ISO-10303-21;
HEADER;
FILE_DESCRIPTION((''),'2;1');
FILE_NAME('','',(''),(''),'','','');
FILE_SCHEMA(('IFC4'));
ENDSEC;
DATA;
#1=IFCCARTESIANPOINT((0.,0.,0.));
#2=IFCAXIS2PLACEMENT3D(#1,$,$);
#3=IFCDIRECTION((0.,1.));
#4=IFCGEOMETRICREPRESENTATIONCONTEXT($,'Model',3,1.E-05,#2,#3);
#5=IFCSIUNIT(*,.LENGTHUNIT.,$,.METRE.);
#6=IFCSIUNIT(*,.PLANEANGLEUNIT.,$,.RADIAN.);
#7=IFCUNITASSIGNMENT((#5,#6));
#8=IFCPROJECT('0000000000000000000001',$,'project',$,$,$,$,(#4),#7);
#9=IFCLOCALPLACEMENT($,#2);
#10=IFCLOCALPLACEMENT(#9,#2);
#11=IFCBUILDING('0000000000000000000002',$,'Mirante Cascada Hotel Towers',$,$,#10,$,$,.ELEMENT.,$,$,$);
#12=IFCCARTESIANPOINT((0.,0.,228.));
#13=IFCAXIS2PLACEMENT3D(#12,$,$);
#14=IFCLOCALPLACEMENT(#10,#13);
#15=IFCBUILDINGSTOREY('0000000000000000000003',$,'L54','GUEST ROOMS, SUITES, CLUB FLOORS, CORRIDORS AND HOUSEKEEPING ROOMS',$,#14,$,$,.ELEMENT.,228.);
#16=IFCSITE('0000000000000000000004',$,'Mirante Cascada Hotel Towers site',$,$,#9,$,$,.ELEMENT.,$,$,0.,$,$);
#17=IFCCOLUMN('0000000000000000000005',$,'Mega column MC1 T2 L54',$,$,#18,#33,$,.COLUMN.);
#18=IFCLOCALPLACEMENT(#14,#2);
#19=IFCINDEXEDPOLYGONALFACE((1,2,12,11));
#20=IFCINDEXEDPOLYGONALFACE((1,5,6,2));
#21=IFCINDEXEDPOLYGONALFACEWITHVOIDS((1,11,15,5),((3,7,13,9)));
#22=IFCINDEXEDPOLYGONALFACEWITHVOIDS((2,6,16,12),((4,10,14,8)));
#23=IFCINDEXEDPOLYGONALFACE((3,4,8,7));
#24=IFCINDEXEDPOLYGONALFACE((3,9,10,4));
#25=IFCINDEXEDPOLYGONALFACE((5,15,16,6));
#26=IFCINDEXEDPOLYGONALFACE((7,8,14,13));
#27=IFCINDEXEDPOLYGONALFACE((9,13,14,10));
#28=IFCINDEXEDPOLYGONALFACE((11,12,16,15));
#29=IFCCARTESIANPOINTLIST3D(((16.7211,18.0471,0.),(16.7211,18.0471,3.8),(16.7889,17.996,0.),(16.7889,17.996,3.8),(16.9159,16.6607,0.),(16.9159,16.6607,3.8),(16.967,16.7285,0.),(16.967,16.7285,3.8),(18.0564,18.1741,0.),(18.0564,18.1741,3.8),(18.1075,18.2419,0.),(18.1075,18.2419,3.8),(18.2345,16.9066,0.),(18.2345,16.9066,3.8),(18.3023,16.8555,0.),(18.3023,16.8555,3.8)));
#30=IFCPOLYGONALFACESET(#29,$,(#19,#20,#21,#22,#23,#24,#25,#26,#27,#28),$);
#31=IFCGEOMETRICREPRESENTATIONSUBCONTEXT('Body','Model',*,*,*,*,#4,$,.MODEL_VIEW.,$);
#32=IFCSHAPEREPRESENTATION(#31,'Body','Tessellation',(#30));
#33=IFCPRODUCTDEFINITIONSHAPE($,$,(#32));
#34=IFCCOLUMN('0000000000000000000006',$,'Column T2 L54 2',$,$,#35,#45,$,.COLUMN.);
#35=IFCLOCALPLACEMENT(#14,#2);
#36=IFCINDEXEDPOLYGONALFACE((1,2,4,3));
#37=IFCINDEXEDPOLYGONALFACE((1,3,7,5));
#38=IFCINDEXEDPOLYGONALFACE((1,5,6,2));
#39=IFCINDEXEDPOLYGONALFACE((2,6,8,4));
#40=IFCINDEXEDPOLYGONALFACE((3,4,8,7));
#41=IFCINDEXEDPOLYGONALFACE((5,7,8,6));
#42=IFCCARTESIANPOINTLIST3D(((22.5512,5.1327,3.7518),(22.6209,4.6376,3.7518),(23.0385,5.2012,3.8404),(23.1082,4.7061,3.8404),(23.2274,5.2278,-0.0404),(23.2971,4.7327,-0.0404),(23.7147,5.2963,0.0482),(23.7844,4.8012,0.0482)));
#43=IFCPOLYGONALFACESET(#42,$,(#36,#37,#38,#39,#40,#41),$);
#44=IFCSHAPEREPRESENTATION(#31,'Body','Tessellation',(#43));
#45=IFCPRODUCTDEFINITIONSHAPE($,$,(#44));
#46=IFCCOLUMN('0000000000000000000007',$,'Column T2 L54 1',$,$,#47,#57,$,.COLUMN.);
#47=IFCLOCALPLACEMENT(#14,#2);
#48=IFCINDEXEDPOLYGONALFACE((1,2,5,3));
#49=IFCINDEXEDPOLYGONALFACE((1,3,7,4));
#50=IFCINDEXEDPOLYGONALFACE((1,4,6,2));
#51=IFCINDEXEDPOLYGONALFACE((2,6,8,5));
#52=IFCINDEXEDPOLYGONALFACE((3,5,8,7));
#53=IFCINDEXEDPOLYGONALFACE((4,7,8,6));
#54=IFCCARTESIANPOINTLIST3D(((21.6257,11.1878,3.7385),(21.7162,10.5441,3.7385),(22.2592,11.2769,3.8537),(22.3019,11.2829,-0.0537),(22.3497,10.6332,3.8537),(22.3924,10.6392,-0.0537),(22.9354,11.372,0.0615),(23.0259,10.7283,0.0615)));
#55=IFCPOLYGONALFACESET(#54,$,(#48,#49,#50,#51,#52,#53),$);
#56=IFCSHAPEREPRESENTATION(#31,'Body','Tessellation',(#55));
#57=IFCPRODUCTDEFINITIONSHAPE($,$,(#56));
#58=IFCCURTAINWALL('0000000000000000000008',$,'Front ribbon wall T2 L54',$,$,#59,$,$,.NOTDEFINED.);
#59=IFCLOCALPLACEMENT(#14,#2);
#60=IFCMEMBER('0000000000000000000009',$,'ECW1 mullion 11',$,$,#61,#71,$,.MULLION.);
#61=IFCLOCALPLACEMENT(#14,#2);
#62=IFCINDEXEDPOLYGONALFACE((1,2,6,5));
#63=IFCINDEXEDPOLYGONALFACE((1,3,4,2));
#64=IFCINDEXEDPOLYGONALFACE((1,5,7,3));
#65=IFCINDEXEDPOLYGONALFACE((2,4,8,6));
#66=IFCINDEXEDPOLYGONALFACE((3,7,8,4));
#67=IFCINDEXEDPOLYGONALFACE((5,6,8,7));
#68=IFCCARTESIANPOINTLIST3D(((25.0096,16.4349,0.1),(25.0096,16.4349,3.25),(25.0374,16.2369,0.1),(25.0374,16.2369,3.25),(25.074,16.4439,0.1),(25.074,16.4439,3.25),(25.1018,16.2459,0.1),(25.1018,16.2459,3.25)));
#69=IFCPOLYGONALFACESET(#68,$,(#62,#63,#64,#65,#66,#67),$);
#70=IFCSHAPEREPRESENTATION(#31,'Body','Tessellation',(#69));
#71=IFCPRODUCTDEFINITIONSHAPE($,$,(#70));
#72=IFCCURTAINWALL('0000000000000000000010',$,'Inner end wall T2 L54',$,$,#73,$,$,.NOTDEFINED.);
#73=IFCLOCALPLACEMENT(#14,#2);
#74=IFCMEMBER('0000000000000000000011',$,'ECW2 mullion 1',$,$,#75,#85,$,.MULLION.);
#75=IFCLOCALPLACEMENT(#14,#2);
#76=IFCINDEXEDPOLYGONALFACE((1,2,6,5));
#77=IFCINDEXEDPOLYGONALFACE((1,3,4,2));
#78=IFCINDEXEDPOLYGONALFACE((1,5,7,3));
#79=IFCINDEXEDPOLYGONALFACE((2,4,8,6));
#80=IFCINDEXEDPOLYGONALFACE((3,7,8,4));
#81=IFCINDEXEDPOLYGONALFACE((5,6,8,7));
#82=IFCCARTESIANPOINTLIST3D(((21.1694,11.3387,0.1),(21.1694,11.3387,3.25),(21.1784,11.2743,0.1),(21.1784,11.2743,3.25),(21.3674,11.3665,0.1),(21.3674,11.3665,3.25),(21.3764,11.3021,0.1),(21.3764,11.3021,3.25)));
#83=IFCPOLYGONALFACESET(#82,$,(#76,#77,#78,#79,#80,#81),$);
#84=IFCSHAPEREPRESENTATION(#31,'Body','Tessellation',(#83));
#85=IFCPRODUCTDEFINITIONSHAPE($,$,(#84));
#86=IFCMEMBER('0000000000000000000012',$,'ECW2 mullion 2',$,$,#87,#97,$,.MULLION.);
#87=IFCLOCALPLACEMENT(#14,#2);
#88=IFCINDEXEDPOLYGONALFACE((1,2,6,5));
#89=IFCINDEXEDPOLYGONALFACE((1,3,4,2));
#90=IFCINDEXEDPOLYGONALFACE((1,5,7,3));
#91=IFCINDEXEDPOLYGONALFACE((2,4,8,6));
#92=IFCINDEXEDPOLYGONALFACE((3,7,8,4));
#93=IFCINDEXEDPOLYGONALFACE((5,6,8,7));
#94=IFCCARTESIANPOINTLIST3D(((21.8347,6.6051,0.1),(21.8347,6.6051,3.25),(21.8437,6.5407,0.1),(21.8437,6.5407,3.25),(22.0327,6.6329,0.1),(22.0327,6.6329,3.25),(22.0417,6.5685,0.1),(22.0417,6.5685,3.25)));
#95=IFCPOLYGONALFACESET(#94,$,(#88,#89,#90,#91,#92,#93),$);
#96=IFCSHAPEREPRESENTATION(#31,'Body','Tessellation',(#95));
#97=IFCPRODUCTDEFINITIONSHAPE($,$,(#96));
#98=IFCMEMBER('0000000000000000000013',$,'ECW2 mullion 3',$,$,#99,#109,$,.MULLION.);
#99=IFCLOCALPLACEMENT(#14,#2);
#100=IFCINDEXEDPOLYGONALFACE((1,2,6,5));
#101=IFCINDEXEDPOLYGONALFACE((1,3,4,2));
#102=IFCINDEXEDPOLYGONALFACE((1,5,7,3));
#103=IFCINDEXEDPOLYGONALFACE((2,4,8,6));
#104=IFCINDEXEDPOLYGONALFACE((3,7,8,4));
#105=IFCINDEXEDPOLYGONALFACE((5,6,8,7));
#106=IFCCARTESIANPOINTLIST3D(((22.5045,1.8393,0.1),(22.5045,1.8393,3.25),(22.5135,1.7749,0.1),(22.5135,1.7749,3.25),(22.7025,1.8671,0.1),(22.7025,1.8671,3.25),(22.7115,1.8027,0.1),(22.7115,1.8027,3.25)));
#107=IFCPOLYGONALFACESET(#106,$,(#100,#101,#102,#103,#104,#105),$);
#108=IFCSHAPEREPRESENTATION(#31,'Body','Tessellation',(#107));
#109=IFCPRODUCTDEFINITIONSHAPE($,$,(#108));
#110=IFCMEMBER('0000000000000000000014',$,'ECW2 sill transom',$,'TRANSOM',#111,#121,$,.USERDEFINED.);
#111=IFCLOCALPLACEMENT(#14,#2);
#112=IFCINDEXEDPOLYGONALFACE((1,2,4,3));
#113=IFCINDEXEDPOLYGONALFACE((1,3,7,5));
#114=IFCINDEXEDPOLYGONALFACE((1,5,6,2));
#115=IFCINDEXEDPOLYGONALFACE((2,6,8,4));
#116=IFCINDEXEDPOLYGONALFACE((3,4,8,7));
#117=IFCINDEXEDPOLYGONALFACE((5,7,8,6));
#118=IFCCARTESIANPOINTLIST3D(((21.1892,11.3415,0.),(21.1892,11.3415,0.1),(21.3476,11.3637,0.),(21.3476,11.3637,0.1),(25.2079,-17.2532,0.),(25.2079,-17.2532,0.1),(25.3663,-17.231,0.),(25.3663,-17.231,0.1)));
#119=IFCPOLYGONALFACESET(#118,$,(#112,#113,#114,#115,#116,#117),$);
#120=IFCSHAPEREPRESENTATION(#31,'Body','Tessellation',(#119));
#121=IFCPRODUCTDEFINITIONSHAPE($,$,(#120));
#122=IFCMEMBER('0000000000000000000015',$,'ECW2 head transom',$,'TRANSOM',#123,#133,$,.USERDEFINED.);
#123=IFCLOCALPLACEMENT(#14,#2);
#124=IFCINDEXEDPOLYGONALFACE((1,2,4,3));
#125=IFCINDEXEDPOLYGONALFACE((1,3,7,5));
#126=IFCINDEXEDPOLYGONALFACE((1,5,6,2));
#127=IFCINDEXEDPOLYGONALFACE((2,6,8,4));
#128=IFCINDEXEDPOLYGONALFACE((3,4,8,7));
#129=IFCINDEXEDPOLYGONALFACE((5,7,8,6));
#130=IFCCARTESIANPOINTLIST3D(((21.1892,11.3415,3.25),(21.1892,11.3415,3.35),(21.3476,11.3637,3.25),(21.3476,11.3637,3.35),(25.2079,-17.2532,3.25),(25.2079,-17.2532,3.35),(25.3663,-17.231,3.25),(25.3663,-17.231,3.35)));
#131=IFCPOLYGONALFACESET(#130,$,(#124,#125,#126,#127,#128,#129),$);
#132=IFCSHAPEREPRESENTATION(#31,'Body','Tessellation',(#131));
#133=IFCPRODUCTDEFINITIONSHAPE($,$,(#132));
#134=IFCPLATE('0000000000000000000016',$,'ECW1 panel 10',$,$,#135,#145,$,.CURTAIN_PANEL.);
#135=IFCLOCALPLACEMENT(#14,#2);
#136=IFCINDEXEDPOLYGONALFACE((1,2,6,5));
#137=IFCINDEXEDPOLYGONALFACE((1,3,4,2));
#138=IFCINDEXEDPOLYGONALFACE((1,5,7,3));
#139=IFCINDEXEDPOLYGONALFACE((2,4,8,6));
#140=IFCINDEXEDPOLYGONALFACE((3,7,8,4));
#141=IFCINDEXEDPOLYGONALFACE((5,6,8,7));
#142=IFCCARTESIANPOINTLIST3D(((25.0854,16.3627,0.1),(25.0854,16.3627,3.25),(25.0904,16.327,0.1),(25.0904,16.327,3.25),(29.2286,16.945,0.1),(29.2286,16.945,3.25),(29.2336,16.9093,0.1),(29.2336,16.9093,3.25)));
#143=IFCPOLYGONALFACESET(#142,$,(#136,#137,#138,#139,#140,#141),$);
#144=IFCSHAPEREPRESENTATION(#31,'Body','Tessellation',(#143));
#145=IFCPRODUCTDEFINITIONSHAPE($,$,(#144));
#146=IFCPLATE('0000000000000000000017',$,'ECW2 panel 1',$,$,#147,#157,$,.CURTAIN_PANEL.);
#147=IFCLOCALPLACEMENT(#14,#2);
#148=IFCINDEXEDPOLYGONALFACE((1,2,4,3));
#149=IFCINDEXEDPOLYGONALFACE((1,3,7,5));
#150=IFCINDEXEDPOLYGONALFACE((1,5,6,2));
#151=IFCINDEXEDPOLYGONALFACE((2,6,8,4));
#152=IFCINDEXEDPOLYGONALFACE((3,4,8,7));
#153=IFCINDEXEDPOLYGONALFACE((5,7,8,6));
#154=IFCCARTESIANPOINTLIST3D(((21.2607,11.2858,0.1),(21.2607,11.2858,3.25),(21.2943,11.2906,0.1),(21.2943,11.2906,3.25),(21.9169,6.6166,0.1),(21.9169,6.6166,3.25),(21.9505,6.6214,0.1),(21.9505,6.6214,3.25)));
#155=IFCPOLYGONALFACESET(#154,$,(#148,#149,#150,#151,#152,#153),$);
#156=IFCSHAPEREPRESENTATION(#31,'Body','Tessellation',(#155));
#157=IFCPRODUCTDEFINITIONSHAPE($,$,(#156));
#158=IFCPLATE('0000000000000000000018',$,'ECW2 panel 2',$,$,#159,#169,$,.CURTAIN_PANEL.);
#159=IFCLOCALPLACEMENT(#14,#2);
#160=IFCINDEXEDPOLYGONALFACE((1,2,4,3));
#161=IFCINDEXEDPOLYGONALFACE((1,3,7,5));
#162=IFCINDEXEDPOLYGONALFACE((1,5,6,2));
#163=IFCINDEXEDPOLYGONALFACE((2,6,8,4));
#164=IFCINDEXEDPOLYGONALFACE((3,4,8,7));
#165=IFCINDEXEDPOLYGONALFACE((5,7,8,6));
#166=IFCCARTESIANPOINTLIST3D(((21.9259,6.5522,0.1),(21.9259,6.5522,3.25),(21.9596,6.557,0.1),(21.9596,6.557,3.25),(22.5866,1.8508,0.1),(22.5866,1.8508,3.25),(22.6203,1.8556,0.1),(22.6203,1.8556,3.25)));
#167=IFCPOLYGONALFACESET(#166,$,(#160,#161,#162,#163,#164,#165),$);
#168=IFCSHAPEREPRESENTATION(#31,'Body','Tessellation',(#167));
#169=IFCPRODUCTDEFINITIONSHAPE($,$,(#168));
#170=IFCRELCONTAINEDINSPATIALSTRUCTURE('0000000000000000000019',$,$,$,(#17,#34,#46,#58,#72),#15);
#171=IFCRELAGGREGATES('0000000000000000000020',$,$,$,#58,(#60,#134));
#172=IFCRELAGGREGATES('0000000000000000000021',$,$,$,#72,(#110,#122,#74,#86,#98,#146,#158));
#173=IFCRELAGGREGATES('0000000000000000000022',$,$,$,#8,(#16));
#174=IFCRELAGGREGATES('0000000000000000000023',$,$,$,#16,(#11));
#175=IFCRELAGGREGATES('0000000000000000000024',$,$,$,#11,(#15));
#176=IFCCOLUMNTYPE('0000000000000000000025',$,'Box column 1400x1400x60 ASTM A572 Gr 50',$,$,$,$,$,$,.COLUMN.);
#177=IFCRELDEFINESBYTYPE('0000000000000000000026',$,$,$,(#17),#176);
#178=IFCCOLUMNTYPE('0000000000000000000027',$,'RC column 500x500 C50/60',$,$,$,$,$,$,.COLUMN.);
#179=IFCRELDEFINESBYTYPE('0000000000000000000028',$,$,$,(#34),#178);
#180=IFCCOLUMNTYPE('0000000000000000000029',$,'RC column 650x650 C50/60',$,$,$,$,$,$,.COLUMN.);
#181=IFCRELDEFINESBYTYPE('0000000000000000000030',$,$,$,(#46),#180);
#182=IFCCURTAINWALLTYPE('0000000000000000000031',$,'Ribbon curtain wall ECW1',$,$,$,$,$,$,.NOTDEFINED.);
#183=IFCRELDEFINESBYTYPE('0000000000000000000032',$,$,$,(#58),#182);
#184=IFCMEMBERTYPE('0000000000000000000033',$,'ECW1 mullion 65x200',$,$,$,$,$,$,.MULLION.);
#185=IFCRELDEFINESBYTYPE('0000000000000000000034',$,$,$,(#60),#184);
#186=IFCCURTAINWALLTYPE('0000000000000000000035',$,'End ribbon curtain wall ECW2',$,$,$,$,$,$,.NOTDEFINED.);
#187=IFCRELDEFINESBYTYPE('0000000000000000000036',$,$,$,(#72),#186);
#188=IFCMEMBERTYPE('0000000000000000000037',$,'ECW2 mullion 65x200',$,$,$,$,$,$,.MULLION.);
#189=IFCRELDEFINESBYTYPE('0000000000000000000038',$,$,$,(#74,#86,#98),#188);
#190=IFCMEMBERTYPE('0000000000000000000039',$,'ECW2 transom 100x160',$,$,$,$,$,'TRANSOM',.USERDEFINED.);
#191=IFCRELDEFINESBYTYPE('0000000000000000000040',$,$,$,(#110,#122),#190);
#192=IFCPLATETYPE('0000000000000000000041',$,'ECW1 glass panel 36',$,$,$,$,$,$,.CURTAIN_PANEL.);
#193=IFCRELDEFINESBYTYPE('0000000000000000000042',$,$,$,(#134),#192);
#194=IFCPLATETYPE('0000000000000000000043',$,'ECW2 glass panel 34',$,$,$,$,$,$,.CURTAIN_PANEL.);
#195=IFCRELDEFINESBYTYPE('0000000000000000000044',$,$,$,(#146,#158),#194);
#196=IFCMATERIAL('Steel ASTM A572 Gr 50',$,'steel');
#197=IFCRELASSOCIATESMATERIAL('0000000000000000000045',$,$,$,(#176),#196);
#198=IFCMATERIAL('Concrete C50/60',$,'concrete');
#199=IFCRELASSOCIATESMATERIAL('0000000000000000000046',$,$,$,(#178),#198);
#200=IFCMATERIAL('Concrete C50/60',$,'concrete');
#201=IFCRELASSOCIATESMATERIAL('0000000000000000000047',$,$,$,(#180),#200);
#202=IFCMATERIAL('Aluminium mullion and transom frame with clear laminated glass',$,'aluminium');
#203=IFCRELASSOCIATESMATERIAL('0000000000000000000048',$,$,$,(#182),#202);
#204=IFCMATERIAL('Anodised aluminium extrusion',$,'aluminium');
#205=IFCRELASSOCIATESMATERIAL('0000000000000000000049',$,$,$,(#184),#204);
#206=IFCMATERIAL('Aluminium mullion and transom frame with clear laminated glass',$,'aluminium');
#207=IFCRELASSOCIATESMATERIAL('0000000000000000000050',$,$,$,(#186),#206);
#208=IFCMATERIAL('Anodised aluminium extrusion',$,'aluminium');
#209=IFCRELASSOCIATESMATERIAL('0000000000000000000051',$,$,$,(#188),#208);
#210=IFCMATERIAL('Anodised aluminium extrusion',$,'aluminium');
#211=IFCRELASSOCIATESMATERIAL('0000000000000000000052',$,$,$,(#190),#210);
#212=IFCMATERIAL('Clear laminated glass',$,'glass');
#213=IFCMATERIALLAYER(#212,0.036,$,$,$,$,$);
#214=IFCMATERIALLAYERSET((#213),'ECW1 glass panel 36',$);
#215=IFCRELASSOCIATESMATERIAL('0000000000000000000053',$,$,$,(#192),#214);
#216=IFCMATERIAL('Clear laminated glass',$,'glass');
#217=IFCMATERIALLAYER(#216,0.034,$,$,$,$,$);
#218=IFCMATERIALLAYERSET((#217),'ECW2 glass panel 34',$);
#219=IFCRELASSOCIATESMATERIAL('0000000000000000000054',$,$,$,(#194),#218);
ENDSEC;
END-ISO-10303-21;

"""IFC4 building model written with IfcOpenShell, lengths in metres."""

from ifc_helpers import new_model, si_unit, direction, frame, origin, origin_2d, place, context, subcontext, project, spatial, rectangle, hollow_rectangle, extrude, material, layer, layer_set, material_profile, profile_set, type_object, element, aggregate, save


model = new_model("IFC4")

# Units and contexts
model_context = context("Model", 3, precision=1e-05, world=origin(), true_north=direction((0.0, 1.0)))
body_context = subcontext(model_context, "Body", "Model", "MODEL_VIEW")
ifc_project = project(units=[si_unit("LENGTHUNIT", "METRE"), si_unit("PLANEANGLEUNIT", "RADIAN")], contexts=[model_context])

# Site, building, storey
site_placement = place(None, origin())
site = spatial("IfcSite", under=ifc_project, at=site_placement, Name="Mirante Cascada Hotel Towers site", CompositionType="ELEMENT", RefElevation=0.0)
building_placement = place(site_placement, origin())
building = spatial("IfcBuilding", under=site, at=building_placement, Name="Mirante Cascada Hotel Towers", CompositionType="ELEMENT")
storey_placement = place(building_placement, frame((0.0, 0.0, 228.0)))
storey = spatial("IfcBuildingStorey", under=building, at=storey_placement, Name="L54", Description="GUEST ROOMS, SUITES, CLUB FLOORS, CORRIDORS AND HOUSEKEEPING ROOMS", CompositionType="ELEMENT", Elevation=228.0)

# Columns
ifc_material_1 = material(Name="Steel ASTM A572 Gr 50", Category="steel")
ifc_material_profile_1 = material_profile(ifc_material_1, hollow_rectangle(XDim=1.4, YDim=1.4, WallThickness=0.06, at=origin_2d()), Name="Box column 1400x1400x60 ASTM A572 Gr 50")
ifc_profile_set_1 = profile_set([ifc_material_profile_1], Name="Steel ASTM A572 Gr 50")
column_type_1 = type_object("IfcColumnType", Name="Box column 1400x1400x60 ASTM A572 Gr 50", PredefinedType="COLUMN", material=ifc_profile_set_1)
column_1_placement = place(storey_placement, frame((17.5117, 17.4513, 0.0), z_axis=(0.0, 0.0, 1.0), x_axis=(0.990268, 0.139173, 0.0)))
element("IfcColumn", 1, at=column_1_placement, inside=storey, type_object=column_type_1, Name="Mega column MC1 T2 L54", PredefinedType="COLUMN", context=body_context, shape_type="SweptSolid", body=[
    extrude(hollow_rectangle(XDim=1.4, YDim=1.4, WallThickness=0.06, at=origin_2d()), origin(), (0.0, 0.0, 1.0), 3.8),
])
ifc_material_2 = material(Name="Concrete C50/60", Category="concrete")
ifc_material_profile_2 = material_profile(ifc_material_2, rectangle(XDim=0.5, YDim=0.5, at=origin_2d()), Name="RC column 500x500 C50/60")
ifc_profile_set_2 = profile_set([ifc_material_profile_2], Name="Concrete C50/60")
column_type_2 = type_object("IfcColumnType", Name="RC column 500x500 C50/60", PredefinedType="COLUMN", material=ifc_profile_set_2)
column_2_placement = place(storey_placement, frame((23.5059, 5.0145, 0.0039), z_axis=(-0.175491, -0.024681, 0.984172), x_axis=(0.139268, -0.990255, 0.0)))
element("IfcColumn", 2, at=column_2_placement, inside=storey, type_object=column_type_2, Name="Column T2 L54 2", PredefinedType="COLUMN", context=body_context, shape_type="SweptSolid", body=[
    extrude(rectangle(XDim=0.5, YDim=0.5, at=origin_2d()), origin(), (0.0, 0.0, 1.0), 3.8532),
])
ifc_material_3 = material(Name="Concrete C50/60", Category="concrete")
ifc_material_profile_3 = material_profile(ifc_material_3, rectangle(XDim=0.65, YDim=0.65, at=origin_2d()), Name="RC column 650x650 C50/60")
ifc_profile_set_3 = profile_set([ifc_material_profile_3], Name="Concrete C50/60")
column_type_3 = type_object("IfcColumnType", Name="RC column 650x650 C50/60", PredefinedType="COLUMN", material=ifc_profile_set_3)
column_3_placement = place(storey_placement, frame((22.6639, 11.0056, 0.0039), z_axis=(-0.175491, -0.024681, 0.984172), x_axis=(0.139268, -0.990255, 0.0)))
element("IfcColumn", 3, at=column_3_placement, inside=storey, type_object=column_type_3, Name="Column T2 L54 1", PredefinedType="COLUMN", context=body_context, shape_type="SweptSolid", body=[
    extrude(rectangle(XDim=0.65, YDim=0.65, at=origin_2d()), origin(), (0.0, 0.0, 1.0), 3.8532),
])

# Curtain wall, member
ifc_material_4 = material(Name="Aluminium mullion and transom frame with clear laminated glass", Category="aluminium")
curtain_wall_type_1 = type_object("IfcCurtainWallType", Name="Ribbon curtain wall ECW1", PredefinedType="NOTDEFINED", material=ifc_material_4)
curtain_wall_1_placement = place(storey_placement, origin())
curtain_wall_1 = element("IfcCurtainWall", 4, at=curtain_wall_1_placement, inside=storey, type_object=curtain_wall_type_1, Name="Front ribbon wall T2 L54", PredefinedType="NOTDEFINED")
ifc_material_5 = material(Name="Anodised aluminium extrusion", Category="aluminium")
ifc_material_profile_4 = material_profile(ifc_material_5, rectangle(XDim=0.2, YDim=0.065, at=origin_2d()), Name="ECW1 MULLION 65x200")
ifc_profile_set_4 = profile_set([ifc_material_profile_4], Name="Anodised aluminium extrusion")
member_type_1 = type_object("IfcMemberType", Name="ECW1 mullion 65x200", PredefinedType="MULLION", material=ifc_profile_set_4)
member_1_placement = place(storey_placement, frame((25.0557, 16.3404, 0.1), z_axis=(0.0, 0.0, 1.0), x_axis=(0.139173, -0.990268, 0.0)))
member_1 = element("IfcMember", 5, at=member_1_placement, type_object=member_type_1, Name="ECW1 mullion 11", PredefinedType="MULLION", context=body_context, shape_type="SweptSolid", body=[
    extrude(rectangle(XDim=0.2, YDim=0.065, at=origin_2d()), origin(), (0.0, 0.0, 1.0), 3.15),
])

# Curtain wall, members
ifc_material_6 = material(Name="Aluminium mullion and transom frame with clear laminated glass", Category="aluminium")
curtain_wall_type_2 = type_object("IfcCurtainWallType", Name="End ribbon curtain wall ECW2", PredefinedType="NOTDEFINED", material=ifc_material_6)
curtain_wall_2_placement = place(storey_placement, origin())
curtain_wall_2 = element("IfcCurtainWall", 6, at=curtain_wall_2_placement, inside=storey, type_object=curtain_wall_type_2, Name="Inner end wall T2 L54", PredefinedType="NOTDEFINED")
ifc_material_7 = material(Name="Anodised aluminium extrusion", Category="aluminium")
ifc_material_profile_5 = material_profile(ifc_material_7, rectangle(XDim=0.2, YDim=0.065, at=origin_2d()), Name="ECW2 MULLION 65x200")
ifc_profile_set_5 = profile_set([ifc_material_profile_5], Name="Anodised aluminium extrusion")
member_type_2 = type_object("IfcMemberType", Name="ECW2 mullion 65x200", PredefinedType="MULLION", material=ifc_profile_set_5)
member_2_placement = place(storey_placement, frame((21.2729, 11.3204, 0.1), z_axis=(0.0, 0.0, 1.0), x_axis=(0.990268, 0.139173, 0.0)))
member_2 = element("IfcMember", 7, at=member_2_placement, type_object=member_type_2, Name="ECW2 mullion 1", PredefinedType="MULLION", context=body_context, shape_type="SweptSolid", body=[
    extrude(rectangle(XDim=0.2, YDim=0.065, at=origin_2d()), origin(), (0.0, 0.0, 1.0), 3.15),
])
member_3_placement = place(storey_placement, frame((21.9382, 6.5868, 0.1), z_axis=(0.0, 0.0, 1.0), x_axis=(0.990268, 0.139173, 0.0)))
member_3 = element("IfcMember", 8, at=member_3_placement, type_object=member_type_2, Name="ECW2 mullion 2", PredefinedType="MULLION", context=body_context, shape_type="SweptSolid", body=[
    extrude(rectangle(XDim=0.2, YDim=0.065, at=origin_2d()), origin(), (0.0, 0.0, 1.0), 3.15),
])
member_4_placement = place(storey_placement, frame((22.608, 1.821, 0.1), z_axis=(0.0, 0.0, 1.0), x_axis=(0.990268, 0.139173, 0.0)))
member_4 = element("IfcMember", 9, at=member_4_placement, type_object=member_type_2, Name="ECW2 mullion 3", PredefinedType="MULLION", context=body_context, shape_type="SweptSolid", body=[
    extrude(rectangle(XDim=0.2, YDim=0.065, at=origin_2d()), origin(), (0.0, 0.0, 1.0), 3.15),
])
ifc_material_8 = material(Name="Anodised aluminium extrusion", Category="aluminium")
ifc_material_profile_6 = material_profile(ifc_material_8, rectangle(XDim=0.16, YDim=0.1, at=origin_2d()), Name="ECW2 TRANSOM 100x160")
ifc_profile_set_6 = profile_set([ifc_material_profile_6], Name="Anodised aluminium extrusion")
member_type_3 = type_object("IfcMemberType", Name="ECW2 transom 100x160", ElementType="TRANSOM", PredefinedType="USERDEFINED", material=ifc_profile_set_6)
member_5_placement = place(storey_placement, frame((21.2684, 11.3526, 0.05), z_axis=(0.139172, -0.990268, 0.0), x_axis=(0.990268, 0.139172, 0.0)))
member_5 = element("IfcMember", 10, at=member_5_placement, type_object=member_type_3, Name="ECW2 sill transom", ObjectType="TRANSOM", PredefinedType="USERDEFINED", context=body_context, shape_type="SweptSolid", body=[
    extrude(rectangle(XDim=0.16, YDim=0.1, at=origin_2d()), origin(), (0.0, 0.0, 1.0), 28.8757),
])
member_6_placement = place(storey_placement, frame((21.2684, 11.3526, 3.3), z_axis=(0.139172, -0.990268, 0.0), x_axis=(0.990268, 0.139172, 0.0)))
member_6 = element("IfcMember", 11, at=member_6_placement, type_object=member_type_3, Name="ECW2 head transom", ObjectType="TRANSOM", PredefinedType="USERDEFINED", context=body_context, shape_type="SweptSolid", body=[
    extrude(rectangle(XDim=0.16, YDim=0.1, at=origin_2d()), origin(), (0.0, 0.0, 1.0), 28.8757),
])

# Plates
ifc_material_9 = material(Name="Clear laminated glass", Category="glass")
ifc_layer_1 = layer(ifc_material_9, 0.036)
ifc_layer_set_1 = layer_set([ifc_layer_1], Name="ECW1 glass panel 36")
plate_type_1 = type_object("IfcPlateType", Name="ECW1 glass panel 36", PredefinedType="CURTAIN_PANEL", material=ifc_layer_set_1)
plate_1_placement = place(storey_placement, frame((27.1595, 16.636, 0.1), z_axis=(0.0, 0.0, 1.0), x_axis=(-0.990268, -0.139173, 0.0)))
plate_1 = element("IfcPlate", 12, at=plate_1_placement, type_object=plate_type_1, Name="ECW1 panel 10", PredefinedType="CURTAIN_PANEL", context=body_context, shape_type="SweptSolid", body=[
    extrude(rectangle(XDim=4.1839, YDim=0.036, at=origin_2d()), origin(), (0.0, 0.0, 1.0), 3.15),
])
aggregate(curtain_wall_1, [member_1, plate_1])
ifc_material_10 = material(Name="Clear laminated glass", Category="glass")
ifc_layer_2 = layer(ifc_material_10, 0.034)
ifc_layer_set_2 = layer_set([ifc_layer_2], Name="ECW2 glass panel 34")
plate_type_2 = type_object("IfcPlateType", Name="ECW2 glass panel 34", PredefinedType="CURTAIN_PANEL", material=ifc_layer_set_2)
plate_2_placement = place(storey_placement, frame((21.6056, 8.9536, 0.1), z_axis=(0.0, 0.0, 1.0), x_axis=(0.139173, -0.990268, 0.0)))
plate_2 = element("IfcPlate", 13, at=plate_2_placement, type_object=plate_type_2, Name="ECW2 panel 1", PredefinedType="CURTAIN_PANEL", context=body_context, shape_type="SweptSolid", body=[
    extrude(rectangle(XDim=4.7151, YDim=0.034, at=origin_2d()), origin(), (0.0, 0.0, 1.0), 3.15),
])
plate_3_placement = place(storey_placement, frame((22.2731, 4.2039, 0.1), z_axis=(0.0, 0.0, 1.0), x_axis=(0.139173, -0.990268, 0.0)))
plate_3 = element("IfcPlate", 14, at=plate_3_placement, type_object=plate_type_2, Name="ECW2 panel 2", PredefinedType="CURTAIN_PANEL", context=body_context, shape_type="SweptSolid", body=[
    extrude(rectangle(XDim=4.7476, YDim=0.034, at=origin_2d()), origin(), (0.0, 0.0, 1.0), 3.15),
])
aggregate(curtain_wall_2, [member_5, member_6, member_2, member_3, member_4, plate_2, plate_3])

save(model, "model.ifc")
